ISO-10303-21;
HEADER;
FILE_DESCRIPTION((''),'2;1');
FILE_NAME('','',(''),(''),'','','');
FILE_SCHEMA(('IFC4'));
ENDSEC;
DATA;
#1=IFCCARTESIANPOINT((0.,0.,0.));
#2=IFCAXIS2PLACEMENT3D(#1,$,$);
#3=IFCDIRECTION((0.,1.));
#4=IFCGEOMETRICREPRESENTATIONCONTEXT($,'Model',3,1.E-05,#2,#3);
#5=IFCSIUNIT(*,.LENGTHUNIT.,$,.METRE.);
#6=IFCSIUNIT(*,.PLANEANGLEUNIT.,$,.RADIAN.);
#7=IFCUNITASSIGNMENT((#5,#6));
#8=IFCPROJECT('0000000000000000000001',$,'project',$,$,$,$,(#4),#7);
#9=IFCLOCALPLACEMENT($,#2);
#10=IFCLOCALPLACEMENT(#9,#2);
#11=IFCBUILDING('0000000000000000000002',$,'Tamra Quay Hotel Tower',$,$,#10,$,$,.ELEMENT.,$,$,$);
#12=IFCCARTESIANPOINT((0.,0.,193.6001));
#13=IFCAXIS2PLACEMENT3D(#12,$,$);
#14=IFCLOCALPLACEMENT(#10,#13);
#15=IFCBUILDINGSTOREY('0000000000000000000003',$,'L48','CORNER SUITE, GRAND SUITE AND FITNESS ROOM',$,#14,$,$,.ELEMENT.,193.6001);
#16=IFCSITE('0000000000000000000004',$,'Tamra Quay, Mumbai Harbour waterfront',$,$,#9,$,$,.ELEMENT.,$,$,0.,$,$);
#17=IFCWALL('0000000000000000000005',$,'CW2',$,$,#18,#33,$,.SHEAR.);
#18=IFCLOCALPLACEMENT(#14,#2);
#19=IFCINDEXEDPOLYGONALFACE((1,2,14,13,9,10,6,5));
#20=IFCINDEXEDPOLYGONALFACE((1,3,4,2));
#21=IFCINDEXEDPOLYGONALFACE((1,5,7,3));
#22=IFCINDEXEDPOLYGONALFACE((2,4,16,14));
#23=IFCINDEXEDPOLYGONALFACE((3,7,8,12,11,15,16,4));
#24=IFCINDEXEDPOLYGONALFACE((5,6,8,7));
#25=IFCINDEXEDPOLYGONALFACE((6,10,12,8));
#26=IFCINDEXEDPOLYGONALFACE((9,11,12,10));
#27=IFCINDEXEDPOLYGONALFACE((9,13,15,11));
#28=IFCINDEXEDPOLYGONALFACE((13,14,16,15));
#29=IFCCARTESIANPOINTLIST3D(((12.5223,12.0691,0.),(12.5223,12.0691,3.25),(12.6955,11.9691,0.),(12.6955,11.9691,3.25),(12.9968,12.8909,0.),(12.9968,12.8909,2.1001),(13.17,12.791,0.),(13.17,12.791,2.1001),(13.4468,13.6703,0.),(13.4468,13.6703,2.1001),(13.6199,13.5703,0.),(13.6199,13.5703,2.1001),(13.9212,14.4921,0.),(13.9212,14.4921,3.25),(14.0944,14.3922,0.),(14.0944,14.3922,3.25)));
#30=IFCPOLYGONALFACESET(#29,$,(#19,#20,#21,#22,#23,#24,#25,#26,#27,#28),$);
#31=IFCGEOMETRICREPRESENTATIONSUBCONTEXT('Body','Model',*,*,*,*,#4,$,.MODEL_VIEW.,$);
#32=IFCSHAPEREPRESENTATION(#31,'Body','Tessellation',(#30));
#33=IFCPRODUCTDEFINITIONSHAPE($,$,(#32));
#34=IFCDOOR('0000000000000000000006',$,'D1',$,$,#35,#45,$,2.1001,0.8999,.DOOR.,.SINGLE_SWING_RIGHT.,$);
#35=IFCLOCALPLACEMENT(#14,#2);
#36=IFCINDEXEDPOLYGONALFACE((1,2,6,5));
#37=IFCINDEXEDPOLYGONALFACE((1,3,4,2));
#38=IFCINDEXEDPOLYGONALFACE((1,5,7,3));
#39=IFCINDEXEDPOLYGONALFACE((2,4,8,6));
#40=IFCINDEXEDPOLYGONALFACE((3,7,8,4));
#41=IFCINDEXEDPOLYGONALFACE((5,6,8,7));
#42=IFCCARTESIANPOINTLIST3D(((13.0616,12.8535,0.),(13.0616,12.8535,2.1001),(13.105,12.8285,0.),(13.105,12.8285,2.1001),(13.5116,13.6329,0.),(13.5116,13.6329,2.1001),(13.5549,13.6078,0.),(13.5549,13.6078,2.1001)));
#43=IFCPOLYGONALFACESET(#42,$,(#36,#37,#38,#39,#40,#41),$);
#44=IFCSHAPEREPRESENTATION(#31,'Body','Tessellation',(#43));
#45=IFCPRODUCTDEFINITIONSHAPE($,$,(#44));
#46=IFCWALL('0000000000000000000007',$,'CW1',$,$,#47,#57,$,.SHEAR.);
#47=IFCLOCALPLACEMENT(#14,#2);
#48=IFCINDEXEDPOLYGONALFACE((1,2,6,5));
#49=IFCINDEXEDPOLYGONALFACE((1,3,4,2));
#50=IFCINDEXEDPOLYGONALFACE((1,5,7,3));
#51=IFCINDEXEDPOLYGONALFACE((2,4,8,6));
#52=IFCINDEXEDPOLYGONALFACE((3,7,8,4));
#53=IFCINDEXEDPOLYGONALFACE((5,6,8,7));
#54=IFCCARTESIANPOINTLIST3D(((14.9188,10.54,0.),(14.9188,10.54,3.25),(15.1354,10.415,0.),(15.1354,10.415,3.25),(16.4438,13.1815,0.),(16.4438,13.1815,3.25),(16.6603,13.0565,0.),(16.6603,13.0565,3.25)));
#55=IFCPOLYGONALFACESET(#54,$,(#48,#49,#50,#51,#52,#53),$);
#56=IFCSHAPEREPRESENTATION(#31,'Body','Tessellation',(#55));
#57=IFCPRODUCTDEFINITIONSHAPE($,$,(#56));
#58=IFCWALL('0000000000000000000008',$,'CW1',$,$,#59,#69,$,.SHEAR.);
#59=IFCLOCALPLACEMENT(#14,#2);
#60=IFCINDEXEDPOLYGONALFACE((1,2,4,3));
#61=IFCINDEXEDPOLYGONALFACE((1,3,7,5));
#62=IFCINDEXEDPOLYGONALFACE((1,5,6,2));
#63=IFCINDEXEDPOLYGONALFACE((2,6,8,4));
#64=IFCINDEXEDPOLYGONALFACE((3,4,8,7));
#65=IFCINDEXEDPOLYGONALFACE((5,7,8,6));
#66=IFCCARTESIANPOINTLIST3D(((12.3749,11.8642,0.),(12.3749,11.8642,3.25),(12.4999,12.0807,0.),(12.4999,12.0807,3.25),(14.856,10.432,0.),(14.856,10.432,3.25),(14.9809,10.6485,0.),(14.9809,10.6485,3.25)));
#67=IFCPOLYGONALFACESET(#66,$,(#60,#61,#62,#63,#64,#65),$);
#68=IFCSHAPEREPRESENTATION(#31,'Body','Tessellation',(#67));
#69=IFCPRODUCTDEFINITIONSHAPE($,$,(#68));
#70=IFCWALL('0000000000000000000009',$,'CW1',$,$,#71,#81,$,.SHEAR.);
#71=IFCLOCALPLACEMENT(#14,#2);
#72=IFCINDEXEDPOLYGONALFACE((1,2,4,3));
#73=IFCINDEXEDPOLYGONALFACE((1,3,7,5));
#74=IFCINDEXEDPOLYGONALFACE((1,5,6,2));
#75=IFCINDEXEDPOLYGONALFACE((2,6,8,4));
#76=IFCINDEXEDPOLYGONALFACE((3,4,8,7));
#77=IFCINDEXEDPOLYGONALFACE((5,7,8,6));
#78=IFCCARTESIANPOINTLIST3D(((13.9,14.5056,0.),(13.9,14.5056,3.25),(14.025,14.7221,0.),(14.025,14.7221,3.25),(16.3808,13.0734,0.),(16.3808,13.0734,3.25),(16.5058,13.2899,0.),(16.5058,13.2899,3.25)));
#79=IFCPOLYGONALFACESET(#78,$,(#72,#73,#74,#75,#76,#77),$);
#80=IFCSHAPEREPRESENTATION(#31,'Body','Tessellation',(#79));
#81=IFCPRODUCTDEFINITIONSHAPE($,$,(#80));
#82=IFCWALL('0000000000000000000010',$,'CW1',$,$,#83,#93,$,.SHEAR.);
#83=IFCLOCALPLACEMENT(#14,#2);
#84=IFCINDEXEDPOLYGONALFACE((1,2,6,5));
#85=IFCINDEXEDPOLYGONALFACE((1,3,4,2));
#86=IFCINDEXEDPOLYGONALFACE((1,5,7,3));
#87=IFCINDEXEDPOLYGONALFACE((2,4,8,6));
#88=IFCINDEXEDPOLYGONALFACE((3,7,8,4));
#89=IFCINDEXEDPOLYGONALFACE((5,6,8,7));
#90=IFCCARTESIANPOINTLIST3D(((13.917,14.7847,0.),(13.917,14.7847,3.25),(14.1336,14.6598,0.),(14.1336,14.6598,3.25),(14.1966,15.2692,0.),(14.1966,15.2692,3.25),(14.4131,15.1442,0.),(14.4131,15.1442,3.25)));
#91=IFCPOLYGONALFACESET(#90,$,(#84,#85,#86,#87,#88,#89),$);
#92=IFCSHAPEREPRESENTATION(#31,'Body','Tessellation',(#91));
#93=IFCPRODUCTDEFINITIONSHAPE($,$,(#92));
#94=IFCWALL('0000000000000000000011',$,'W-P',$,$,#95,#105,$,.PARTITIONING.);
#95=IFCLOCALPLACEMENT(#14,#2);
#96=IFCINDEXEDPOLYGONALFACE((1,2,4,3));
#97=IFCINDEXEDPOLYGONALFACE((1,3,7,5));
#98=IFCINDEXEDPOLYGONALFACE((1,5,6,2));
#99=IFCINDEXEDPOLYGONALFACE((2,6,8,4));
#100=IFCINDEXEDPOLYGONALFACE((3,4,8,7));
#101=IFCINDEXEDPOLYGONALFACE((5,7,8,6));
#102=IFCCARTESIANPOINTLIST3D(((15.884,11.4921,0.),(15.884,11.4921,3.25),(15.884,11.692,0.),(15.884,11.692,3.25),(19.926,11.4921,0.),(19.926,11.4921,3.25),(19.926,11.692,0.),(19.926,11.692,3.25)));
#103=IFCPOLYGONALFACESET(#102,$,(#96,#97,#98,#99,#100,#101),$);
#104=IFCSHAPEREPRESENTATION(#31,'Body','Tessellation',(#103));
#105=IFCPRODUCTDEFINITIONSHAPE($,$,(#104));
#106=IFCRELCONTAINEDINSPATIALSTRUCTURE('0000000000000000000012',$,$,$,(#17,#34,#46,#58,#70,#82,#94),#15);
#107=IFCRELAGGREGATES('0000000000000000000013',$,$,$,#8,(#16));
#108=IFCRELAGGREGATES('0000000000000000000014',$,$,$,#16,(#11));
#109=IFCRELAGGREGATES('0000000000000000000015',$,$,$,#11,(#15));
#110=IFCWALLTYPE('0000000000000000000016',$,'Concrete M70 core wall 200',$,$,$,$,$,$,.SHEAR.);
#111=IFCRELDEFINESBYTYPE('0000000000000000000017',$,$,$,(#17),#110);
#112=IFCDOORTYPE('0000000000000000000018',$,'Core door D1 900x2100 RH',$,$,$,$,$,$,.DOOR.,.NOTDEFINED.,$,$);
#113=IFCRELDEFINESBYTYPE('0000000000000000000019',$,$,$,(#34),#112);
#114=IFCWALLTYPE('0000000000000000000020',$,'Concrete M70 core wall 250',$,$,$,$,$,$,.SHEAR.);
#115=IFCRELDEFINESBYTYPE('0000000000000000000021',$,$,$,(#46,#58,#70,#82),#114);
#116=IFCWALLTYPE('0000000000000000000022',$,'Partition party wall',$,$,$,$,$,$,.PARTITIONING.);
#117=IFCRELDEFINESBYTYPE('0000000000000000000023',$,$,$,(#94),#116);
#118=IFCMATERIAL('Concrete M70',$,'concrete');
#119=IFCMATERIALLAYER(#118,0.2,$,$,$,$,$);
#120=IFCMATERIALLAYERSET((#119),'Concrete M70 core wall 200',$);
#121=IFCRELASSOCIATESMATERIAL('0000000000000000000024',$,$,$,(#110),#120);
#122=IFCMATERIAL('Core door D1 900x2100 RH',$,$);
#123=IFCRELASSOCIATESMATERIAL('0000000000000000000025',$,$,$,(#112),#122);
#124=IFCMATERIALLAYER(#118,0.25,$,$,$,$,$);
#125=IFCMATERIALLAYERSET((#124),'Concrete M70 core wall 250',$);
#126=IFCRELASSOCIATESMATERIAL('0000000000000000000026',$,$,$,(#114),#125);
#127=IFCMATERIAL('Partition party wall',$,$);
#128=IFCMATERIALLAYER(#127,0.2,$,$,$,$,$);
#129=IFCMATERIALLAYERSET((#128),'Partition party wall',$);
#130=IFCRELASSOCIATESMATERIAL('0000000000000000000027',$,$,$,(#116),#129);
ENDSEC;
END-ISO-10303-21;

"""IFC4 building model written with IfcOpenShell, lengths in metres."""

from ifc_helpers import new_model, si_unit, direction, frame, frame_2d, origin, place, context, subcontext, project, spatial, rectangle, extrude, material, layer, layer_set, type_object, element, fill, save


model = new_model("IFC4")

# Units and contexts
model_context = context("Model", 3, precision=1e-05, world=origin(), true_north=direction((0.0, 1.0)))
body_context = subcontext(model_context, "Body", "Model", "MODEL_VIEW")
ifc_project = project(units=[si_unit("LENGTHUNIT", "METRE"), si_unit("PLANEANGLEUNIT", "RADIAN")], contexts=[model_context])

# Site, building, storey
site_placement = place(None, origin())
site = spatial("IfcSite", under=ifc_project, at=site_placement, Name="Tamra Quay, Mumbai Harbour waterfront", CompositionType="ELEMENT", RefElevation=0.0)
building_placement = place(site_placement, origin())
building = spatial("IfcBuilding", under=site, at=building_placement, Name="Tamra Quay Hotel Tower", CompositionType="ELEMENT")
storey_placement = place(building_placement, frame((0.0, 0.0, 193.6001)))
storey = spatial("IfcBuildingStorey", under=building, at=storey_placement, Name="L48", Description="CORNER SUITE, GRAND SUITE AND FITNESS ROOM", CompositionType="ELEMENT", Elevation=193.6001)

# Shared definitions
ifc_material_1 = material(Name="Concrete M70", Category="concrete")

# Wall, opening, door
ifc_layer_1 = layer(ifc_material_1, 0.2)
ifc_layer_set_1 = layer_set([ifc_layer_1], Name="Concrete M70 core wall 200")
wall_type_1 = type_object("IfcWallType", Name="Concrete M70 core wall 200", PredefinedType="SHEAR", material=ifc_layer_set_1)
wall_1_placement = place(storey_placement, frame((14.0078, 14.4421, 0.0), z_axis=(0.0, 0.0, 1.0), x_axis=(-0.499987, -0.866033, 0.0)))
wall_1 = element("IfcWall", 1, at=wall_1_placement, inside=storey, type_object=wall_type_1, Name="CW2", PredefinedType="SHEAR", context=body_context, shape_type="SweptSolid", body=[
    extrude(rectangle(XDim=2.7979, YDim=0.2, at=frame_2d((1.3989, 0.0))), origin(), (0.0, 0.0, 1.0), 3.25),
])
opening_placement = place(wall_1_placement, frame((0.949, 0.0, 0.0)))
opening = element("IfcOpeningElement", 2, at=opening_placement, cuts=wall_1, PredefinedType="OPENING", context=body_context, shape_type="SweptSolid", body=[
    extrude(rectangle(XDim=0.8999, YDim=2.1001, at=frame_2d((0.45, 1.05))), frame((0.0, 0.1099, 0.0), z_axis=(0.0, -1.0, 0.0), x_axis=(1.0, 0.0, 0.0)), (0.0, 0.0, 1.0), 0.22),
])
ifc_material_2 = material(Name="Core door D1 900x2100 RH")
door_type = type_object("IfcDoorType", Name="Core door D1 900x2100 RH", OperationType="NOTDEFINED", PredefinedType="DOOR", material=ifc_material_2)
door_placement = place(opening_placement, origin())
door = element("IfcDoor", 3, at=door_placement, inside=storey, type_object=door_type, Name="D1", OperationType="SINGLE_SWING_RIGHT", OverallHeight=2.1001, OverallWidth=0.8999, PredefinedType="DOOR", context=body_context, shape_type="SweptSolid", body=[
    extrude(rectangle(XDim=0.8999, YDim=2.1001, at=frame_2d((0.45, 1.05))), frame((0.0, 0.0249, 0.0), z_axis=(0.0, -1.0, 0.0), x_axis=(1.0, 0.0, 0.0)), (0.0, 0.0, 1.0), 0.05),
])
fill(opening, door)

# Walls
ifc_layer_2 = layer(ifc_material_1, 0.25)
ifc_layer_set_2 = layer_set([ifc_layer_2], Name="Concrete M70 core wall 250")
wall_type_2 = type_object("IfcWallType", Name="Concrete M70 core wall 250", PredefinedType="SHEAR", material=ifc_layer_set_2)
wall_2_placement = place(storey_placement, frame((16.552, 13.1189, 0.0), z_axis=(0.0, 0.0, 1.0), x_axis=(-0.499979, -0.866038, 0.0)))
element("IfcWall", 4, at=wall_2_placement, inside=storey, type_object=wall_type_2, Name="CW1", PredefinedType="SHEAR", context=body_context, shape_type="SweptSolid", body=[
    extrude(rectangle(XDim=3.05, YDim=0.25, at=frame_2d((1.5249, 0.0))), origin(), (0.0, 0.0, 1.0), 3.25),
])
wall_3_placement = place(storey_placement, frame((14.9185, 10.5403, 0.0), z_axis=(0.0, 0.0, 1.0), x_axis=(-0.866064, 0.499934, 0.0)))
element("IfcWall", 5, at=wall_3_placement, inside=storey, type_object=wall_type_2, Name="CW1", PredefinedType="SHEAR", context=body_context, shape_type="SweptSolid", body=[
    extrude(rectangle(XDim=2.8647, YDim=0.25, at=frame_2d((1.4324, 0.0))), origin(), (0.0, 0.0, 1.0), 3.25),
])
wall_4_placement = place(storey_placement, frame((13.9626, 14.6138, 0.0), z_axis=(0.0, 0.0, 1.0), x_axis=(0.866042, -0.499971, 0.0)))
element("IfcWall", 6, at=wall_4_placement, inside=storey, type_object=wall_type_2, Name="CW1", PredefinedType="SHEAR", context=body_context, shape_type="SweptSolid", body=[
    extrude(rectangle(XDim=2.8645, YDim=0.25, at=frame_2d((1.4321, 0.0))), origin(), (0.0, 0.0, 1.0), 3.25),
])
wall_5_placement = place(storey_placement, frame((14.3049, 15.2068, 0.0), z_axis=(0.0, 0.0, 1.0), x_axis=(-0.499848, -0.866113, 0.0)))
element("IfcWall", 7, at=wall_5_placement, inside=storey, type_object=wall_type_2, Name="CW1", PredefinedType="SHEAR", context=body_context, shape_type="SweptSolid", body=[
    extrude(rectangle(XDim=0.5593, YDim=0.25, at=frame_2d((0.2798, 0.0))), origin(), (0.0, 0.0, 1.0), 3.25),
])
ifc_material_3 = material(Name="Partition party wall")
ifc_layer_3 = layer(ifc_material_3, 0.2)
ifc_layer_set_3 = layer_set([ifc_layer_3], Name="Partition party wall")
wall_type_3 = type_object("IfcWallType", Name="Partition party wall", PredefinedType="PARTITIONING", material=ifc_layer_set_3)
wall_6_placement = place(storey_placement, frame((15.884, 11.592, 0.0), z_axis=(0.0, 0.0, 1.0), x_axis=(1.0, 0.0, 0.0)))
element("IfcWall", 8, at=wall_6_placement, inside=storey, type_object=wall_type_3, Name="W-P", PredefinedType="PARTITIONING", context=body_context, shape_type="SweptSolid", body=[
    extrude(rectangle(XDim=4.042, YDim=0.2, at=frame_2d((2.021, 0.0))), origin(), (0.0, 0.0, 1.0), 3.25),
])

save(model, "model.ifc")
